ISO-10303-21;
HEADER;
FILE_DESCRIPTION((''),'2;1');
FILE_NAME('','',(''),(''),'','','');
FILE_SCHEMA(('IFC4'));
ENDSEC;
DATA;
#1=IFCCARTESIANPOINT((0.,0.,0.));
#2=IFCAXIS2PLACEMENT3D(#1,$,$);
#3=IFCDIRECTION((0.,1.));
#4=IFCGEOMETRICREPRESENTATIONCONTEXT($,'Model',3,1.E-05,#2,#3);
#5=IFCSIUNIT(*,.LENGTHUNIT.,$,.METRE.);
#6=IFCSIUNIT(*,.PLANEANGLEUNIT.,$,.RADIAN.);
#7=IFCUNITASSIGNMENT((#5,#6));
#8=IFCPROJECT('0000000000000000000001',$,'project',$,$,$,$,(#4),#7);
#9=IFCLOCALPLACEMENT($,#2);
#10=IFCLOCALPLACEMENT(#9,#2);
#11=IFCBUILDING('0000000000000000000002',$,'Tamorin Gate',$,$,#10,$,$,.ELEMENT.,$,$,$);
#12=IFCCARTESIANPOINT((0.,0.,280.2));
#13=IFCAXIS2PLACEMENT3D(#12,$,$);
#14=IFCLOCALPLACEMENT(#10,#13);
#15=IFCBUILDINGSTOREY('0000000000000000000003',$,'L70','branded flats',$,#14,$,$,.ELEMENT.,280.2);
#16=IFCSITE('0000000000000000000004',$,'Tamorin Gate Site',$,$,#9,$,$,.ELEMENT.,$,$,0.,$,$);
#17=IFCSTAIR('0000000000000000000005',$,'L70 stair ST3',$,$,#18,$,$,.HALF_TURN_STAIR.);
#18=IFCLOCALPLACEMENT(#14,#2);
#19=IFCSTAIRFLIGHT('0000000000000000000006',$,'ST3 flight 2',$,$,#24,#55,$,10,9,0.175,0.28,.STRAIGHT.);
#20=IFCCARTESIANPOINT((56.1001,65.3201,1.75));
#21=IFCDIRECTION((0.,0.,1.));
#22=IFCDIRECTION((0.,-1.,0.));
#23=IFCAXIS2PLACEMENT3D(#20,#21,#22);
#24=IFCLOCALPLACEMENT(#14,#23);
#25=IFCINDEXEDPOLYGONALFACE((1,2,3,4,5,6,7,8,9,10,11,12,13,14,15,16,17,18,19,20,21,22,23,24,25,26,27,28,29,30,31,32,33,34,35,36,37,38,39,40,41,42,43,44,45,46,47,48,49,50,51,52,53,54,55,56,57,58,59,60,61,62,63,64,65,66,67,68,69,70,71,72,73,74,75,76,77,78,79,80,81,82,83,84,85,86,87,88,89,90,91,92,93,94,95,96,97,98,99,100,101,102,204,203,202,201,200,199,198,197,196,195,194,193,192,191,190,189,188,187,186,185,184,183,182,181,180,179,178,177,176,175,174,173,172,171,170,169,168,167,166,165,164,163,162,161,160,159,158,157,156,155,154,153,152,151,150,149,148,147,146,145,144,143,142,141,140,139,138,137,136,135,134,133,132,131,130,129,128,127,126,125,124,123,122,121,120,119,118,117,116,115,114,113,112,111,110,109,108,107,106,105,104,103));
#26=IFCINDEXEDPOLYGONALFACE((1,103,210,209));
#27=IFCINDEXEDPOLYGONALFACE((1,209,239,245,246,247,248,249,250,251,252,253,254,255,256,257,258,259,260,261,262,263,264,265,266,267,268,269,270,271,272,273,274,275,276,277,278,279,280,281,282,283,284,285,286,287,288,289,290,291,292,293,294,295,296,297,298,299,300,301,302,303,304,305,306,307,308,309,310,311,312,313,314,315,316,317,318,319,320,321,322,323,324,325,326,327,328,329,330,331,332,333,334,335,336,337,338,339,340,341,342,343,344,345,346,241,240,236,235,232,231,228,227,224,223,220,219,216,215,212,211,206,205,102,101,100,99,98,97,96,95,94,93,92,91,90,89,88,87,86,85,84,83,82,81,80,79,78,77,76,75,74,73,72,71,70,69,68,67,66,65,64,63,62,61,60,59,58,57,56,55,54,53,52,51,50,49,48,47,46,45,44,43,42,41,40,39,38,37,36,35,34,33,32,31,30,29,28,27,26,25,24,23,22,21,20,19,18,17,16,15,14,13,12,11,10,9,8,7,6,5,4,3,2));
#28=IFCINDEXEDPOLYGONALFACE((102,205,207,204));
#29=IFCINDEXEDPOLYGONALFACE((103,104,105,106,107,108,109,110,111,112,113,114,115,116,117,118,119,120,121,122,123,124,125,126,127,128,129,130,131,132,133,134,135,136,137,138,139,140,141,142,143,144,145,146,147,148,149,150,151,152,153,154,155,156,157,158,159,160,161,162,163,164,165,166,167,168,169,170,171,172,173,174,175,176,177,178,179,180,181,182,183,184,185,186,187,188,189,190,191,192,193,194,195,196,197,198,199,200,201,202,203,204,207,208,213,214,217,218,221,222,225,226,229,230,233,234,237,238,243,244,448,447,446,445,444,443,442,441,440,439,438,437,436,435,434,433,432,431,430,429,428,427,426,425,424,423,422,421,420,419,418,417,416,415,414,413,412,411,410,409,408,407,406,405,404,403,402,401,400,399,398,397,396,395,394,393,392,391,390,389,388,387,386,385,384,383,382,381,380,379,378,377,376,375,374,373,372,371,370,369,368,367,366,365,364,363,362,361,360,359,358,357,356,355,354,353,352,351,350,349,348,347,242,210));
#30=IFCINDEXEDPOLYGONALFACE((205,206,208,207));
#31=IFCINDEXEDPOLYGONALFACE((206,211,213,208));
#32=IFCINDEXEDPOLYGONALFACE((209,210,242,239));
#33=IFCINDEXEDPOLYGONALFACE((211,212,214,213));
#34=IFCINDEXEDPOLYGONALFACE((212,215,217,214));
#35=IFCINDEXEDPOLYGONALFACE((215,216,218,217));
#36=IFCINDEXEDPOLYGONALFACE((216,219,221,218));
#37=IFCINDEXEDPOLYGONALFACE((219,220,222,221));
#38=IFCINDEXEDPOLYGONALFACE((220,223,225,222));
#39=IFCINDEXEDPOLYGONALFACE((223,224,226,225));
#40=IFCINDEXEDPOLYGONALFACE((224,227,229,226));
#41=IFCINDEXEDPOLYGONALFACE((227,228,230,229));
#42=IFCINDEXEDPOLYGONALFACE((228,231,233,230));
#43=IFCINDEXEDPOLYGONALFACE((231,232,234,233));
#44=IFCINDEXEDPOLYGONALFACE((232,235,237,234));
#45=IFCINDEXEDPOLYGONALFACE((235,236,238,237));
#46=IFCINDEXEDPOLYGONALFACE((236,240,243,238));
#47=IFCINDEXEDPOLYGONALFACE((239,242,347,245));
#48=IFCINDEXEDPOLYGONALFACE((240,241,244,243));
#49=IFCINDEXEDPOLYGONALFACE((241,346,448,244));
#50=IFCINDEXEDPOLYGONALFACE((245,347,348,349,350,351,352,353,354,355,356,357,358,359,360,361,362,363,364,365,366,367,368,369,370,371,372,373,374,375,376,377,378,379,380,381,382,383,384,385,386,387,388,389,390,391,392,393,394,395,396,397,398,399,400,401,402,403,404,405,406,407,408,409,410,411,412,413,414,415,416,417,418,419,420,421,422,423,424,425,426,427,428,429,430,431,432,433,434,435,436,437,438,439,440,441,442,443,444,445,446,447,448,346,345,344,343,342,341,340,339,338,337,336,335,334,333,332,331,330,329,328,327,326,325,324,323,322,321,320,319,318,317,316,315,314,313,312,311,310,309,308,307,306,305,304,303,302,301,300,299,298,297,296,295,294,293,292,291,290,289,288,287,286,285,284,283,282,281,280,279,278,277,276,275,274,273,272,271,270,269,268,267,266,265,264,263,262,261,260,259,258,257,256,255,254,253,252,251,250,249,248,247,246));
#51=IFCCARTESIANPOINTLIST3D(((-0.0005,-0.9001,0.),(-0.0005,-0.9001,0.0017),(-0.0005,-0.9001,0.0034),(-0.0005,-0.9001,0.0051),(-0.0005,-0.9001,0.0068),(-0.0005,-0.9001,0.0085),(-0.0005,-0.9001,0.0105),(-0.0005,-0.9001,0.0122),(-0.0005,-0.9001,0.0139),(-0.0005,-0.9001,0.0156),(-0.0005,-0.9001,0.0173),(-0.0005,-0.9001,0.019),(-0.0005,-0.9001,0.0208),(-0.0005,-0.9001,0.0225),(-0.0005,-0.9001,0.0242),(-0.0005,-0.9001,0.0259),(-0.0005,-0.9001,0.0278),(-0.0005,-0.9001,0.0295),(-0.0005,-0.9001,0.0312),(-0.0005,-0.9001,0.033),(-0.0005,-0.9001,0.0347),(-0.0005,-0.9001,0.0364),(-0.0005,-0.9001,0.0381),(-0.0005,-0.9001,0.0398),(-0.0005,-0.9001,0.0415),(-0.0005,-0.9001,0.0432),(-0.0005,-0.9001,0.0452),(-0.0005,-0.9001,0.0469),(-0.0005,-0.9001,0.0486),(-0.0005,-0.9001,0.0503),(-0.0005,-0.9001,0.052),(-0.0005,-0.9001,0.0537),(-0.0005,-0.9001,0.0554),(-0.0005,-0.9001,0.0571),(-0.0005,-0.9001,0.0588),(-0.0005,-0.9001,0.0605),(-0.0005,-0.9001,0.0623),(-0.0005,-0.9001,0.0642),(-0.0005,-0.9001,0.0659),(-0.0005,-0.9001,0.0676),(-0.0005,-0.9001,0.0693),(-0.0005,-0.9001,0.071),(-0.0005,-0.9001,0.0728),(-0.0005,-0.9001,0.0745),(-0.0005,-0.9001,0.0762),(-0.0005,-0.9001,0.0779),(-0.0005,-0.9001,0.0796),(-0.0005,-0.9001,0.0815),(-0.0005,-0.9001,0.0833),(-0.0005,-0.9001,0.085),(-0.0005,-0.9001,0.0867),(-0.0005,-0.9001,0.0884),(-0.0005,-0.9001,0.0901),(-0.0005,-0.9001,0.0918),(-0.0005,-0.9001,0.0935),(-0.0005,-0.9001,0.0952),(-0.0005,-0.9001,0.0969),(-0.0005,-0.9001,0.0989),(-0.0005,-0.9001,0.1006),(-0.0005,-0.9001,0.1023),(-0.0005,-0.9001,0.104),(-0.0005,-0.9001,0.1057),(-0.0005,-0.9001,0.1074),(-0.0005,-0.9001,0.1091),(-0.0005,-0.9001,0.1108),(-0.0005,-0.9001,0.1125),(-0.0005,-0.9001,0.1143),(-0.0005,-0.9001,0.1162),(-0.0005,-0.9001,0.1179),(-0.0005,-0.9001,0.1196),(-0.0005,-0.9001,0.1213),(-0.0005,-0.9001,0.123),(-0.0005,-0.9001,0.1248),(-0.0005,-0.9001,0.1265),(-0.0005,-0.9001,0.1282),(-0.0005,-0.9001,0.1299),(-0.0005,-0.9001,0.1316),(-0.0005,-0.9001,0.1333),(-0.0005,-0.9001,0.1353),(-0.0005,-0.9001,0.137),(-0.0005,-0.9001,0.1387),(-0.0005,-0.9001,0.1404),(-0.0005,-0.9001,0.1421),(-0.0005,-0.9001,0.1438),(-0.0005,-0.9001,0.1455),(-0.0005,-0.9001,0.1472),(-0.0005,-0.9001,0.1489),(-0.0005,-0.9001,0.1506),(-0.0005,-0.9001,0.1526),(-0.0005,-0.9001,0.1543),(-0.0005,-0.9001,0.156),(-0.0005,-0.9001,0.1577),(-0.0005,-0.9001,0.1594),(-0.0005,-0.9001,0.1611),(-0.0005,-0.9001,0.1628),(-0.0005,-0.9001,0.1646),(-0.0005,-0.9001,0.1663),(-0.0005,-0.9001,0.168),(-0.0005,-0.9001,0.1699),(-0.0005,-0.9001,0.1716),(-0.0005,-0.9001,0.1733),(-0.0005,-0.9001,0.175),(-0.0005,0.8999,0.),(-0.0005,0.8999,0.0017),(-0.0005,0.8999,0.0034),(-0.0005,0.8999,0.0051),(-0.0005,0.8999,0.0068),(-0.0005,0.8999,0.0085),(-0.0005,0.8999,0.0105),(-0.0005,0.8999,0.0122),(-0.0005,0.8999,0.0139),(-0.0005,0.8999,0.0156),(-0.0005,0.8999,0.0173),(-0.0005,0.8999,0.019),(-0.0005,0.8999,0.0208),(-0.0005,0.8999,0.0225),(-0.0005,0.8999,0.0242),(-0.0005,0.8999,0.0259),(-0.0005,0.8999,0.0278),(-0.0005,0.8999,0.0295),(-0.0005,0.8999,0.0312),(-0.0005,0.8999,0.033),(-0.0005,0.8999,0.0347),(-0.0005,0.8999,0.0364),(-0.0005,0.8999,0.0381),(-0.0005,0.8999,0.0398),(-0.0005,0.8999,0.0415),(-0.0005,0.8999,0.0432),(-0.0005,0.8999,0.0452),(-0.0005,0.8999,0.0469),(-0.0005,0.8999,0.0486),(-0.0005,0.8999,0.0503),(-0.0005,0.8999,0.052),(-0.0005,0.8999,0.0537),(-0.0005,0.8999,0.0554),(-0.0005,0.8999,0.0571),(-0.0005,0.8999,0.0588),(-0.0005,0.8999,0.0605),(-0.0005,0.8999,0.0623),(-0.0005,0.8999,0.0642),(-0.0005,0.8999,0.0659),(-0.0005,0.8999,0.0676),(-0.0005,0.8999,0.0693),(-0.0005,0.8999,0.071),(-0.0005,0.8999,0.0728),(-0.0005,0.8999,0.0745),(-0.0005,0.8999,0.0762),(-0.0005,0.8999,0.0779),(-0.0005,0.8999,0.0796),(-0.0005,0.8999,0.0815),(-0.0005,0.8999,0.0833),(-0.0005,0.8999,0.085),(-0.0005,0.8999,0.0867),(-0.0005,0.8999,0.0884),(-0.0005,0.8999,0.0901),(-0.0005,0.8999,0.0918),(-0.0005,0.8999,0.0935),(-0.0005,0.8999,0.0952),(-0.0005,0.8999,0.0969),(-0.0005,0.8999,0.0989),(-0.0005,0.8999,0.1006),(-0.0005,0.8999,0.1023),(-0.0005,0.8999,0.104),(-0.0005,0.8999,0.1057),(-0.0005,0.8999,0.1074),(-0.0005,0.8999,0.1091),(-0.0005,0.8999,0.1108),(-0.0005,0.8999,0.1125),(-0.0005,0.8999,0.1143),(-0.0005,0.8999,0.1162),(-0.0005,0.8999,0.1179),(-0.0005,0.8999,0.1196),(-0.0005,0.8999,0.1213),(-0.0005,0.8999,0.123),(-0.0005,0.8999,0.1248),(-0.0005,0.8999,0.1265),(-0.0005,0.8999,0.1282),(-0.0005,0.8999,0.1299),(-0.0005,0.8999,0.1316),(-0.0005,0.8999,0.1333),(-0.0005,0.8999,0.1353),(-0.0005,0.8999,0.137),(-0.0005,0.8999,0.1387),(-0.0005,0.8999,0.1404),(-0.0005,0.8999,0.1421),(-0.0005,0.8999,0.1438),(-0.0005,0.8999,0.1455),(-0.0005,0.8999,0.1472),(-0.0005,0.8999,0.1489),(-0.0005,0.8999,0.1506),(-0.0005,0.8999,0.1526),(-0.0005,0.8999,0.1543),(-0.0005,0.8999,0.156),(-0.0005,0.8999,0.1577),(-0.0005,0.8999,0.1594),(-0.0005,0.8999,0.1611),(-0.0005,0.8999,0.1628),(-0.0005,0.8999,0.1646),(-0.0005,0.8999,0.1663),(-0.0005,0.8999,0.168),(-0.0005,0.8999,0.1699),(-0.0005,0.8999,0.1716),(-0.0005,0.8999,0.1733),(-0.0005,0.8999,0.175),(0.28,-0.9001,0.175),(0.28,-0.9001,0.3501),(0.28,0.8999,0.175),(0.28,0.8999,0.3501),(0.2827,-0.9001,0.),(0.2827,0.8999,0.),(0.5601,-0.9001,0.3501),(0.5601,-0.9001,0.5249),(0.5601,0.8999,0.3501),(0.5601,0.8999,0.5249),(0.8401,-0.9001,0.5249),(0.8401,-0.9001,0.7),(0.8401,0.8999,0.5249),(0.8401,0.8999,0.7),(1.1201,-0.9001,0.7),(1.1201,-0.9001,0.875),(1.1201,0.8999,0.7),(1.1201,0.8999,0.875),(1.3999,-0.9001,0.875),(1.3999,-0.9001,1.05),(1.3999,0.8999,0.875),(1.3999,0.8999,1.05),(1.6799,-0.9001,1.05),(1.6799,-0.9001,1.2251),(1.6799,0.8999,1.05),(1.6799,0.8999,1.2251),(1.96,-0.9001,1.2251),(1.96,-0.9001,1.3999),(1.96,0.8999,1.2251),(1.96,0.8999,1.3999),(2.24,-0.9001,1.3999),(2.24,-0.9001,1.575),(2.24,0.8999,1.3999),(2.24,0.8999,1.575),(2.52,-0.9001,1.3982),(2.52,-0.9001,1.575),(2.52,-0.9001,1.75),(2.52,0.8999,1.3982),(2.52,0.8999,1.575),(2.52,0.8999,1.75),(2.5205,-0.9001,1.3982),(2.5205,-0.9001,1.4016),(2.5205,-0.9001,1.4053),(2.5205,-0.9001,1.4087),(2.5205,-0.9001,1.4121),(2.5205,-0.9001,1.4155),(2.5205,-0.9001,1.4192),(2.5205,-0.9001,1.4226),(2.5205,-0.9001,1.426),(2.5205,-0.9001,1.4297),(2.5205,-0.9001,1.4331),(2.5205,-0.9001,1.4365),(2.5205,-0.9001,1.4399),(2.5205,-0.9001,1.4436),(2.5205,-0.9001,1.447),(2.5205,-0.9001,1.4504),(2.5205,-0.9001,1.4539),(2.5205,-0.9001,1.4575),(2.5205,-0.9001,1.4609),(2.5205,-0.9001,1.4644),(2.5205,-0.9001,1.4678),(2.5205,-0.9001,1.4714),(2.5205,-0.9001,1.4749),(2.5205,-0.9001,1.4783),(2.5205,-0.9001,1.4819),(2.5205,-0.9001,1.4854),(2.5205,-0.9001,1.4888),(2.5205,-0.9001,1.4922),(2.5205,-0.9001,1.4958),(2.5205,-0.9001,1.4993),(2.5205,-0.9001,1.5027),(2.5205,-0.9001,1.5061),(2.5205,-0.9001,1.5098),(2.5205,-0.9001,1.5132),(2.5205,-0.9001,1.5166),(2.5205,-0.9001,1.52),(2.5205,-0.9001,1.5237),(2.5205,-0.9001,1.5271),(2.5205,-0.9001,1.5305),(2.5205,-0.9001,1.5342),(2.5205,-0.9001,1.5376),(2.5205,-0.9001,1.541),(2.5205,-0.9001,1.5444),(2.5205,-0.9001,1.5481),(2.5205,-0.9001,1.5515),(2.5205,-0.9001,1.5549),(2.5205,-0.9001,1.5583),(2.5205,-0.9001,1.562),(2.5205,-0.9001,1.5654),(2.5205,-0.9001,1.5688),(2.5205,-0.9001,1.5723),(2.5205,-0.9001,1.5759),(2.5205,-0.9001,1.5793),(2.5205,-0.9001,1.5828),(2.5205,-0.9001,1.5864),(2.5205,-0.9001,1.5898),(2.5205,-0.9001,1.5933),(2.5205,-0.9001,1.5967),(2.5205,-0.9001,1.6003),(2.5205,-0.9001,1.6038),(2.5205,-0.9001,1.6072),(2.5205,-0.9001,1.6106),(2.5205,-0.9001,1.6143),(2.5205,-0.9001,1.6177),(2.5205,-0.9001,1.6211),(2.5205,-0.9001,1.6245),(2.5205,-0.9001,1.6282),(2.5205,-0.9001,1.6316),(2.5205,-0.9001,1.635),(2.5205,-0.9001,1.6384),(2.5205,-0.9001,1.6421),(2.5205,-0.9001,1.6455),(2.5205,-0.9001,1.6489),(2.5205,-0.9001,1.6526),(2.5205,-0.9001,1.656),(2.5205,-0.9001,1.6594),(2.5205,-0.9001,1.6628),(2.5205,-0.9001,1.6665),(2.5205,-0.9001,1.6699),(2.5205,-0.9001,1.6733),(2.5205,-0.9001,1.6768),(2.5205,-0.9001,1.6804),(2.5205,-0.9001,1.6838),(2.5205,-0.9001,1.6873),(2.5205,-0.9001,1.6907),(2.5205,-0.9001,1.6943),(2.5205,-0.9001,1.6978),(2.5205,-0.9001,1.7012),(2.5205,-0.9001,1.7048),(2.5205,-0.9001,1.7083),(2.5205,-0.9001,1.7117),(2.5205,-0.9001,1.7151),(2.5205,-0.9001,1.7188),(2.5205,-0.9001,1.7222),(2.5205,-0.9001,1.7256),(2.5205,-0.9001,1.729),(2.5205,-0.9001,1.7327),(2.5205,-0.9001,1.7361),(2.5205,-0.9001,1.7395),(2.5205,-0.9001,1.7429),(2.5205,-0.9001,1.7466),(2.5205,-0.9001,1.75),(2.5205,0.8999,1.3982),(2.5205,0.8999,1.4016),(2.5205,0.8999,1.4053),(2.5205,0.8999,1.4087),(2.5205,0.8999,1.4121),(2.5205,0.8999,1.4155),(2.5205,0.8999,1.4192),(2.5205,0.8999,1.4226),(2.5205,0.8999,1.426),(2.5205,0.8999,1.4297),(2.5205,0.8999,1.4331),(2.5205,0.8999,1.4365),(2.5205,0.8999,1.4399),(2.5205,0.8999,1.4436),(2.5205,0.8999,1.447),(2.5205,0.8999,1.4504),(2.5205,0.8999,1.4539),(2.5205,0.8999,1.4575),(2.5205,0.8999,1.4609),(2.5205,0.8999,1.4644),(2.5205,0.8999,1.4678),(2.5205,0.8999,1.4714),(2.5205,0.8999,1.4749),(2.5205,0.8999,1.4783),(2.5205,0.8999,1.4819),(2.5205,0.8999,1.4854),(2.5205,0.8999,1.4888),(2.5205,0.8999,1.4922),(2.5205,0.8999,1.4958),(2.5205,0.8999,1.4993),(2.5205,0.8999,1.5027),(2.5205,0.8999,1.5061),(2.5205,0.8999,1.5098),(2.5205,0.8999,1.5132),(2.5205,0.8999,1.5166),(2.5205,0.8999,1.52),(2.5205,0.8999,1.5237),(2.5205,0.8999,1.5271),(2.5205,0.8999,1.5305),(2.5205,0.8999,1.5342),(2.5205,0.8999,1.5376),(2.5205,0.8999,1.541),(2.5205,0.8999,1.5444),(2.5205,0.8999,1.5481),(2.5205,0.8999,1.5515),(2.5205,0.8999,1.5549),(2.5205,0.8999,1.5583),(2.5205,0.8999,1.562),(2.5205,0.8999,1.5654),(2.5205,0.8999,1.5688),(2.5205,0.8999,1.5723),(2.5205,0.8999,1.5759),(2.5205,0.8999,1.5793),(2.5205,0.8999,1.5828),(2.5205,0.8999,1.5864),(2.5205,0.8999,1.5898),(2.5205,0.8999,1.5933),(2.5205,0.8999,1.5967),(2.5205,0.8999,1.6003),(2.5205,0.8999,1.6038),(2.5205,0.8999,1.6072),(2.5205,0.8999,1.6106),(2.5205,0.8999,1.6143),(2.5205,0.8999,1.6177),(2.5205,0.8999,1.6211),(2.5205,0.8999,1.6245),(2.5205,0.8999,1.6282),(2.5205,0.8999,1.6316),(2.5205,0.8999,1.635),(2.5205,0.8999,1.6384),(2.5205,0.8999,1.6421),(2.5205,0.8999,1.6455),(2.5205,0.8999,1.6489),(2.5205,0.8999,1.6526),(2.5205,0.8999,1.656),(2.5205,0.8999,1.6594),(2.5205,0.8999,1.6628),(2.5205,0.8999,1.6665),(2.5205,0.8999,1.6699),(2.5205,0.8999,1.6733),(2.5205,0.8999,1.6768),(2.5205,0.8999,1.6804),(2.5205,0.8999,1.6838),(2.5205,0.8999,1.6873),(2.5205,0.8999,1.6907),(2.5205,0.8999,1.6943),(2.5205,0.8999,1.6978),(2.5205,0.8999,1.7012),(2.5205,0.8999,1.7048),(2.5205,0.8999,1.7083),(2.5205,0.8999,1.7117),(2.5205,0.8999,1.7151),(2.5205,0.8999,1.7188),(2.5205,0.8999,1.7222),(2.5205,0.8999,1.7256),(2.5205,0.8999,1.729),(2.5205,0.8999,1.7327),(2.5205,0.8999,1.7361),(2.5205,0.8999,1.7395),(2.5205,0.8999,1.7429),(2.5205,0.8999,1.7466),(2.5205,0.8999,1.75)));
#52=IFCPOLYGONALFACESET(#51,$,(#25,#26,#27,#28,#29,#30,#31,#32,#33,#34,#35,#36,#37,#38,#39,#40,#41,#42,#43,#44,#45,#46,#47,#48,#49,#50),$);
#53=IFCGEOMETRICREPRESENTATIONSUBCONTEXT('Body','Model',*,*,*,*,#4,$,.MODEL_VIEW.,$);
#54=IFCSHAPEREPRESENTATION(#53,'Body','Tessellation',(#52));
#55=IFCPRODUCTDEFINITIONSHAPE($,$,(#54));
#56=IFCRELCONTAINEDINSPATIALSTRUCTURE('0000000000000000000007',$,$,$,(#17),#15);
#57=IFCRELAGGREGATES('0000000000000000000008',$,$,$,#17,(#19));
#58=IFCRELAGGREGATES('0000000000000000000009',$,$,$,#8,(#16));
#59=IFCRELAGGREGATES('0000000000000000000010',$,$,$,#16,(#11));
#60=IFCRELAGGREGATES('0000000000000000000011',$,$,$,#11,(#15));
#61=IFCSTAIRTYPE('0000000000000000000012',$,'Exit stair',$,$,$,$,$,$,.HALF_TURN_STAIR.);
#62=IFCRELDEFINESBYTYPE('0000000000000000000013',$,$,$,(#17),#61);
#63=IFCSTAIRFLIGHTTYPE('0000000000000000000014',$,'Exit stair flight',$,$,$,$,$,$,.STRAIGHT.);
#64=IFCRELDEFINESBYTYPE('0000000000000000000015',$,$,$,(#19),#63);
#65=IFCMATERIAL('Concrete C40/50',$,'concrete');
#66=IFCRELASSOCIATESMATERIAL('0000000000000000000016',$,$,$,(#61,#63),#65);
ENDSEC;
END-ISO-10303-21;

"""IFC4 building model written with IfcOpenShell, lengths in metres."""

from ifc_helpers import new_model, si_unit, direction, frame, origin, place, context, subcontext, project, spatial, polyline, outline, extrude, material, type_object, element, aggregate, save


model = new_model("IFC4")

# Units and contexts
model_context = context("Model", 3, precision=1e-05, world=origin(), true_north=direction((0.0, 1.0)))
body_context = subcontext(model_context, "Body", "Model", "MODEL_VIEW")
ifc_project = project(units=[si_unit("LENGTHUNIT", "METRE"), si_unit("PLANEANGLEUNIT", "RADIAN")], contexts=[model_context])

# Site, building, storey
site_placement = place(None, origin())
site = spatial("IfcSite", under=ifc_project, at=site_placement, Name="Tamorin Gate Site", CompositionType="ELEMENT", RefElevation=0.0)
building_placement = place(site_placement, origin())
building = spatial("IfcBuilding", under=site, at=building_placement, Name="Tamorin Gate", CompositionType="ELEMENT")
storey_placement = place(building_placement, frame((0.0, 0.0, 280.2)))
storey = spatial("IfcBuildingStorey", under=building, at=storey_placement, Name="L70", Description="branded flats", CompositionType="ELEMENT", Elevation=280.2)

# Shared definitions
ifc_material_1 = material(Name="Concrete C40/50", Category="concrete")

# Stair, stair flight
stair_type = type_object("IfcStairType", Name="Exit stair", PredefinedType="HALF_TURN_STAIR", material=ifc_material_1)
stair_placement = place(storey_placement, origin())
stair = element("IfcStair", 1, at=stair_placement, inside=storey, type_object=stair_type, Name="L70 stair ST3", PredefinedType="HALF_TURN_STAIR")
stair_flight_type = type_object("IfcStairFlightType", Name="Exit stair flight", PredefinedType="STRAIGHT", material=ifc_material_1)
stair_flight_placement = place(storey_placement, frame((56.1001, 65.3201, 1.75), z_axis=(0.0, 0.0, 1.0), x_axis=(0.0, -1.0, 0.0)))
stair_flight = element("IfcStairFlight", 2, at=stair_flight_placement, type_object=stair_flight_type, Name="ST3 flight 2", NumberOfRisers=10, NumberOfTreads=9, PredefinedType="STRAIGHT", RiserHeight=0.175, TreadLength=0.28, context=body_context, shape_type="SweptSolid", body=[
    extrude(outline(polyline([(-0.0005, 0.0), (-0.0005, 0.0017), (-0.0005, 0.0034), (-0.0005, 0.0051), (-0.0005, 0.0068), (-0.0005, 0.0085), (-0.0005, 0.0105), (-0.0005, 0.0122), (-0.0005, 0.0139), (-0.0005, 0.0156), (-0.0005, 0.0173), (-0.0005, 0.019), (-0.0005, 0.0208), (-0.0005, 0.0225), (-0.0005, 0.0242), (-0.0005, 0.0259), (-0.0005, 0.0278), (-0.0005, 0.0295), (-0.0005, 0.0312), (-0.0005, 0.033), (-0.0005, 0.0347), (-0.0005, 0.0364), (-0.0005, 0.0381), (-0.0005, 0.0398), (-0.0005, 0.0415), (-0.0005, 0.0432), (-0.0005, 0.0452), (-0.0005, 0.0469), (-0.0005, 0.0486), (-0.0005, 0.0503), (-0.0005, 0.052), (-0.0005, 0.0537), (-0.0005, 0.0554), (-0.0005, 0.0571), (-0.0005, 0.0588), (-0.0005, 0.0605), (-0.0005, 0.0623), (-0.0005, 0.0642), (-0.0005, 0.0659), (-0.0005, 0.0676), (-0.0005, 0.0693), (-0.0005, 0.071), (-0.0005, 0.0728), (-0.0005, 0.0745), (-0.0005, 0.0762), (-0.0005, 0.0779), (-0.0005, 0.0796), (-0.0005, 0.0815), (-0.0005, 0.0833), (-0.0005, 0.085), (-0.0005, 0.0867), (-0.0005, 0.0884), (-0.0005, 0.0901), (-0.0005, 0.0918), (-0.0005, 0.0935), (-0.0005, 0.0952), (-0.0005, 0.0969), (-0.0005, 0.0989), (-0.0005, 0.1006), (-0.0005, 0.1023), (-0.0005, 0.104), (-0.0005, 0.1057), (-0.0005, 0.1074), (-0.0005, 0.1091), (-0.0005, 0.1108), (-0.0005, 0.1125), (-0.0005, 0.1143), (-0.0005, 0.1162), (-0.0005, 0.1179), (-0.0005, 0.1196), (-0.0005, 0.1213), (-0.0005, 0.123), (-0.0005, 0.1248), (-0.0005, 0.1265), (-0.0005, 0.1282), (-0.0005, 0.1299), (-0.0005, 0.1316), (-0.0005, 0.1333), (-0.0005, 0.1353), (-0.0005, 0.137), (-0.0005, 0.1387), (-0.0005, 0.1404), (-0.0005, 0.1421), (-0.0005, 0.1438), (-0.0005, 0.1455), (-0.0005, 0.1472), (-0.0005, 0.1489), (-0.0005, 0.1506), (-0.0005, 0.1526), (-0.0005, 0.1543), (-0.0005, 0.156), (-0.0005, 0.1577), (-0.0005, 0.1594), (-0.0005, 0.1611), (-0.0005, 0.1628), (-0.0005, 0.1646), (-0.0005, 0.1663), (-0.0005, 0.168), (-0.0005, 0.1699), (-0.0005, 0.1716), (-0.0005, 0.1733), (-0.0005, 0.175), (0.28, 0.175), (0.28, 0.3501), (0.5601, 0.3501), (0.5601, 0.5249), (0.8401, 0.5249), (0.8401, 0.7), (1.1201, 0.7), (1.1201, 0.875), (1.3999, 0.875), (1.3999, 1.05), (1.6799, 1.05), (1.6799, 1.2251), (1.96, 1.2251), (1.96, 1.3999), (2.24, 1.3999), (2.24, 1.575), (2.52, 1.575), (2.52, 1.75), (2.5205, 1.75), (2.5205, 1.7466), (2.5205, 1.7429), (2.5205, 1.7395), (2.5205, 1.7361), (2.5205, 1.7327), (2.5205, 1.729), (2.5205, 1.7256), (2.5205, 1.7222), (2.5205, 1.7188), (2.5205, 1.7151), (2.5205, 1.7117), (2.5205, 1.7083), (2.5205, 1.7048), (2.5205, 1.7012), (2.5205, 1.6978), (2.5205, 1.6943), (2.5205, 1.6907), (2.5205, 1.6873), (2.5205, 1.6838), (2.5205, 1.6804), (2.5205, 1.6768), (2.5205, 1.6733), (2.5205, 1.6699), (2.5205, 1.6665), (2.5205, 1.6628), (2.5205, 1.6594), (2.5205, 1.656), (2.5205, 1.6526), (2.5205, 1.6489), (2.5205, 1.6455), (2.5205, 1.6421), (2.5205, 1.6384), (2.5205, 1.635), (2.5205, 1.6316), (2.5205, 1.6282), (2.5205, 1.6245), (2.5205, 1.6211), (2.5205, 1.6177), (2.5205, 1.6143), (2.5205, 1.6106), (2.5205, 1.6072), (2.5205, 1.6038), (2.5205, 1.6003), (2.5205, 1.5967), (2.5205, 1.5933), (2.5205, 1.5898), (2.5205, 1.5864), (2.5205, 1.5828), (2.5205, 1.5793), (2.5205, 1.5759), (2.5205, 1.5723), (2.5205, 1.5688), (2.5205, 1.5654), (2.5205, 1.562), (2.5205, 1.5583), (2.5205, 1.5549), (2.5205, 1.5515), (2.5205, 1.5481), (2.5205, 1.5444), (2.5205, 1.541), (2.5205, 1.5376), (2.5205, 1.5342), (2.5205, 1.5305), (2.5205, 1.5271), (2.5205, 1.5237), (2.5205, 1.52), (2.5205, 1.5166), (2.5205, 1.5132), (2.5205, 1.5098), (2.5205, 1.5061), (2.5205, 1.5027), (2.5205, 1.4993), (2.5205, 1.4958), (2.5205, 1.4922), (2.5205, 1.4888), (2.5205, 1.4854), (2.5205, 1.4819), (2.5205, 1.4783), (2.5205, 1.4749), (2.5205, 1.4714), (2.5205, 1.4678), (2.5205, 1.4644), (2.5205, 1.4609), (2.5205, 1.4575), (2.5205, 1.4539), (2.5205, 1.4504), (2.5205, 1.447), (2.5205, 1.4436), (2.5205, 1.4399), (2.5205, 1.4365), (2.5205, 1.4331), (2.5205, 1.4297), (2.5205, 1.426), (2.5205, 1.4226), (2.5205, 1.4192), (2.5205, 1.4155), (2.5205, 1.4121), (2.5205, 1.4087), (2.5205, 1.4053), (2.5205, 1.4016), (2.5205, 1.3982), (2.52, 1.3982), (0.2827, 0.0), (-0.0005, 0.0)])), frame((0.0, 0.8999, 0.0), z_axis=(0.0, -1.0, 0.0), x_axis=(1.0, 0.0, 0.0)), (0.0, 0.0, 1.0), 1.8),
])
aggregate(stair, [stair_flight])

save(model, "model.ifc")
